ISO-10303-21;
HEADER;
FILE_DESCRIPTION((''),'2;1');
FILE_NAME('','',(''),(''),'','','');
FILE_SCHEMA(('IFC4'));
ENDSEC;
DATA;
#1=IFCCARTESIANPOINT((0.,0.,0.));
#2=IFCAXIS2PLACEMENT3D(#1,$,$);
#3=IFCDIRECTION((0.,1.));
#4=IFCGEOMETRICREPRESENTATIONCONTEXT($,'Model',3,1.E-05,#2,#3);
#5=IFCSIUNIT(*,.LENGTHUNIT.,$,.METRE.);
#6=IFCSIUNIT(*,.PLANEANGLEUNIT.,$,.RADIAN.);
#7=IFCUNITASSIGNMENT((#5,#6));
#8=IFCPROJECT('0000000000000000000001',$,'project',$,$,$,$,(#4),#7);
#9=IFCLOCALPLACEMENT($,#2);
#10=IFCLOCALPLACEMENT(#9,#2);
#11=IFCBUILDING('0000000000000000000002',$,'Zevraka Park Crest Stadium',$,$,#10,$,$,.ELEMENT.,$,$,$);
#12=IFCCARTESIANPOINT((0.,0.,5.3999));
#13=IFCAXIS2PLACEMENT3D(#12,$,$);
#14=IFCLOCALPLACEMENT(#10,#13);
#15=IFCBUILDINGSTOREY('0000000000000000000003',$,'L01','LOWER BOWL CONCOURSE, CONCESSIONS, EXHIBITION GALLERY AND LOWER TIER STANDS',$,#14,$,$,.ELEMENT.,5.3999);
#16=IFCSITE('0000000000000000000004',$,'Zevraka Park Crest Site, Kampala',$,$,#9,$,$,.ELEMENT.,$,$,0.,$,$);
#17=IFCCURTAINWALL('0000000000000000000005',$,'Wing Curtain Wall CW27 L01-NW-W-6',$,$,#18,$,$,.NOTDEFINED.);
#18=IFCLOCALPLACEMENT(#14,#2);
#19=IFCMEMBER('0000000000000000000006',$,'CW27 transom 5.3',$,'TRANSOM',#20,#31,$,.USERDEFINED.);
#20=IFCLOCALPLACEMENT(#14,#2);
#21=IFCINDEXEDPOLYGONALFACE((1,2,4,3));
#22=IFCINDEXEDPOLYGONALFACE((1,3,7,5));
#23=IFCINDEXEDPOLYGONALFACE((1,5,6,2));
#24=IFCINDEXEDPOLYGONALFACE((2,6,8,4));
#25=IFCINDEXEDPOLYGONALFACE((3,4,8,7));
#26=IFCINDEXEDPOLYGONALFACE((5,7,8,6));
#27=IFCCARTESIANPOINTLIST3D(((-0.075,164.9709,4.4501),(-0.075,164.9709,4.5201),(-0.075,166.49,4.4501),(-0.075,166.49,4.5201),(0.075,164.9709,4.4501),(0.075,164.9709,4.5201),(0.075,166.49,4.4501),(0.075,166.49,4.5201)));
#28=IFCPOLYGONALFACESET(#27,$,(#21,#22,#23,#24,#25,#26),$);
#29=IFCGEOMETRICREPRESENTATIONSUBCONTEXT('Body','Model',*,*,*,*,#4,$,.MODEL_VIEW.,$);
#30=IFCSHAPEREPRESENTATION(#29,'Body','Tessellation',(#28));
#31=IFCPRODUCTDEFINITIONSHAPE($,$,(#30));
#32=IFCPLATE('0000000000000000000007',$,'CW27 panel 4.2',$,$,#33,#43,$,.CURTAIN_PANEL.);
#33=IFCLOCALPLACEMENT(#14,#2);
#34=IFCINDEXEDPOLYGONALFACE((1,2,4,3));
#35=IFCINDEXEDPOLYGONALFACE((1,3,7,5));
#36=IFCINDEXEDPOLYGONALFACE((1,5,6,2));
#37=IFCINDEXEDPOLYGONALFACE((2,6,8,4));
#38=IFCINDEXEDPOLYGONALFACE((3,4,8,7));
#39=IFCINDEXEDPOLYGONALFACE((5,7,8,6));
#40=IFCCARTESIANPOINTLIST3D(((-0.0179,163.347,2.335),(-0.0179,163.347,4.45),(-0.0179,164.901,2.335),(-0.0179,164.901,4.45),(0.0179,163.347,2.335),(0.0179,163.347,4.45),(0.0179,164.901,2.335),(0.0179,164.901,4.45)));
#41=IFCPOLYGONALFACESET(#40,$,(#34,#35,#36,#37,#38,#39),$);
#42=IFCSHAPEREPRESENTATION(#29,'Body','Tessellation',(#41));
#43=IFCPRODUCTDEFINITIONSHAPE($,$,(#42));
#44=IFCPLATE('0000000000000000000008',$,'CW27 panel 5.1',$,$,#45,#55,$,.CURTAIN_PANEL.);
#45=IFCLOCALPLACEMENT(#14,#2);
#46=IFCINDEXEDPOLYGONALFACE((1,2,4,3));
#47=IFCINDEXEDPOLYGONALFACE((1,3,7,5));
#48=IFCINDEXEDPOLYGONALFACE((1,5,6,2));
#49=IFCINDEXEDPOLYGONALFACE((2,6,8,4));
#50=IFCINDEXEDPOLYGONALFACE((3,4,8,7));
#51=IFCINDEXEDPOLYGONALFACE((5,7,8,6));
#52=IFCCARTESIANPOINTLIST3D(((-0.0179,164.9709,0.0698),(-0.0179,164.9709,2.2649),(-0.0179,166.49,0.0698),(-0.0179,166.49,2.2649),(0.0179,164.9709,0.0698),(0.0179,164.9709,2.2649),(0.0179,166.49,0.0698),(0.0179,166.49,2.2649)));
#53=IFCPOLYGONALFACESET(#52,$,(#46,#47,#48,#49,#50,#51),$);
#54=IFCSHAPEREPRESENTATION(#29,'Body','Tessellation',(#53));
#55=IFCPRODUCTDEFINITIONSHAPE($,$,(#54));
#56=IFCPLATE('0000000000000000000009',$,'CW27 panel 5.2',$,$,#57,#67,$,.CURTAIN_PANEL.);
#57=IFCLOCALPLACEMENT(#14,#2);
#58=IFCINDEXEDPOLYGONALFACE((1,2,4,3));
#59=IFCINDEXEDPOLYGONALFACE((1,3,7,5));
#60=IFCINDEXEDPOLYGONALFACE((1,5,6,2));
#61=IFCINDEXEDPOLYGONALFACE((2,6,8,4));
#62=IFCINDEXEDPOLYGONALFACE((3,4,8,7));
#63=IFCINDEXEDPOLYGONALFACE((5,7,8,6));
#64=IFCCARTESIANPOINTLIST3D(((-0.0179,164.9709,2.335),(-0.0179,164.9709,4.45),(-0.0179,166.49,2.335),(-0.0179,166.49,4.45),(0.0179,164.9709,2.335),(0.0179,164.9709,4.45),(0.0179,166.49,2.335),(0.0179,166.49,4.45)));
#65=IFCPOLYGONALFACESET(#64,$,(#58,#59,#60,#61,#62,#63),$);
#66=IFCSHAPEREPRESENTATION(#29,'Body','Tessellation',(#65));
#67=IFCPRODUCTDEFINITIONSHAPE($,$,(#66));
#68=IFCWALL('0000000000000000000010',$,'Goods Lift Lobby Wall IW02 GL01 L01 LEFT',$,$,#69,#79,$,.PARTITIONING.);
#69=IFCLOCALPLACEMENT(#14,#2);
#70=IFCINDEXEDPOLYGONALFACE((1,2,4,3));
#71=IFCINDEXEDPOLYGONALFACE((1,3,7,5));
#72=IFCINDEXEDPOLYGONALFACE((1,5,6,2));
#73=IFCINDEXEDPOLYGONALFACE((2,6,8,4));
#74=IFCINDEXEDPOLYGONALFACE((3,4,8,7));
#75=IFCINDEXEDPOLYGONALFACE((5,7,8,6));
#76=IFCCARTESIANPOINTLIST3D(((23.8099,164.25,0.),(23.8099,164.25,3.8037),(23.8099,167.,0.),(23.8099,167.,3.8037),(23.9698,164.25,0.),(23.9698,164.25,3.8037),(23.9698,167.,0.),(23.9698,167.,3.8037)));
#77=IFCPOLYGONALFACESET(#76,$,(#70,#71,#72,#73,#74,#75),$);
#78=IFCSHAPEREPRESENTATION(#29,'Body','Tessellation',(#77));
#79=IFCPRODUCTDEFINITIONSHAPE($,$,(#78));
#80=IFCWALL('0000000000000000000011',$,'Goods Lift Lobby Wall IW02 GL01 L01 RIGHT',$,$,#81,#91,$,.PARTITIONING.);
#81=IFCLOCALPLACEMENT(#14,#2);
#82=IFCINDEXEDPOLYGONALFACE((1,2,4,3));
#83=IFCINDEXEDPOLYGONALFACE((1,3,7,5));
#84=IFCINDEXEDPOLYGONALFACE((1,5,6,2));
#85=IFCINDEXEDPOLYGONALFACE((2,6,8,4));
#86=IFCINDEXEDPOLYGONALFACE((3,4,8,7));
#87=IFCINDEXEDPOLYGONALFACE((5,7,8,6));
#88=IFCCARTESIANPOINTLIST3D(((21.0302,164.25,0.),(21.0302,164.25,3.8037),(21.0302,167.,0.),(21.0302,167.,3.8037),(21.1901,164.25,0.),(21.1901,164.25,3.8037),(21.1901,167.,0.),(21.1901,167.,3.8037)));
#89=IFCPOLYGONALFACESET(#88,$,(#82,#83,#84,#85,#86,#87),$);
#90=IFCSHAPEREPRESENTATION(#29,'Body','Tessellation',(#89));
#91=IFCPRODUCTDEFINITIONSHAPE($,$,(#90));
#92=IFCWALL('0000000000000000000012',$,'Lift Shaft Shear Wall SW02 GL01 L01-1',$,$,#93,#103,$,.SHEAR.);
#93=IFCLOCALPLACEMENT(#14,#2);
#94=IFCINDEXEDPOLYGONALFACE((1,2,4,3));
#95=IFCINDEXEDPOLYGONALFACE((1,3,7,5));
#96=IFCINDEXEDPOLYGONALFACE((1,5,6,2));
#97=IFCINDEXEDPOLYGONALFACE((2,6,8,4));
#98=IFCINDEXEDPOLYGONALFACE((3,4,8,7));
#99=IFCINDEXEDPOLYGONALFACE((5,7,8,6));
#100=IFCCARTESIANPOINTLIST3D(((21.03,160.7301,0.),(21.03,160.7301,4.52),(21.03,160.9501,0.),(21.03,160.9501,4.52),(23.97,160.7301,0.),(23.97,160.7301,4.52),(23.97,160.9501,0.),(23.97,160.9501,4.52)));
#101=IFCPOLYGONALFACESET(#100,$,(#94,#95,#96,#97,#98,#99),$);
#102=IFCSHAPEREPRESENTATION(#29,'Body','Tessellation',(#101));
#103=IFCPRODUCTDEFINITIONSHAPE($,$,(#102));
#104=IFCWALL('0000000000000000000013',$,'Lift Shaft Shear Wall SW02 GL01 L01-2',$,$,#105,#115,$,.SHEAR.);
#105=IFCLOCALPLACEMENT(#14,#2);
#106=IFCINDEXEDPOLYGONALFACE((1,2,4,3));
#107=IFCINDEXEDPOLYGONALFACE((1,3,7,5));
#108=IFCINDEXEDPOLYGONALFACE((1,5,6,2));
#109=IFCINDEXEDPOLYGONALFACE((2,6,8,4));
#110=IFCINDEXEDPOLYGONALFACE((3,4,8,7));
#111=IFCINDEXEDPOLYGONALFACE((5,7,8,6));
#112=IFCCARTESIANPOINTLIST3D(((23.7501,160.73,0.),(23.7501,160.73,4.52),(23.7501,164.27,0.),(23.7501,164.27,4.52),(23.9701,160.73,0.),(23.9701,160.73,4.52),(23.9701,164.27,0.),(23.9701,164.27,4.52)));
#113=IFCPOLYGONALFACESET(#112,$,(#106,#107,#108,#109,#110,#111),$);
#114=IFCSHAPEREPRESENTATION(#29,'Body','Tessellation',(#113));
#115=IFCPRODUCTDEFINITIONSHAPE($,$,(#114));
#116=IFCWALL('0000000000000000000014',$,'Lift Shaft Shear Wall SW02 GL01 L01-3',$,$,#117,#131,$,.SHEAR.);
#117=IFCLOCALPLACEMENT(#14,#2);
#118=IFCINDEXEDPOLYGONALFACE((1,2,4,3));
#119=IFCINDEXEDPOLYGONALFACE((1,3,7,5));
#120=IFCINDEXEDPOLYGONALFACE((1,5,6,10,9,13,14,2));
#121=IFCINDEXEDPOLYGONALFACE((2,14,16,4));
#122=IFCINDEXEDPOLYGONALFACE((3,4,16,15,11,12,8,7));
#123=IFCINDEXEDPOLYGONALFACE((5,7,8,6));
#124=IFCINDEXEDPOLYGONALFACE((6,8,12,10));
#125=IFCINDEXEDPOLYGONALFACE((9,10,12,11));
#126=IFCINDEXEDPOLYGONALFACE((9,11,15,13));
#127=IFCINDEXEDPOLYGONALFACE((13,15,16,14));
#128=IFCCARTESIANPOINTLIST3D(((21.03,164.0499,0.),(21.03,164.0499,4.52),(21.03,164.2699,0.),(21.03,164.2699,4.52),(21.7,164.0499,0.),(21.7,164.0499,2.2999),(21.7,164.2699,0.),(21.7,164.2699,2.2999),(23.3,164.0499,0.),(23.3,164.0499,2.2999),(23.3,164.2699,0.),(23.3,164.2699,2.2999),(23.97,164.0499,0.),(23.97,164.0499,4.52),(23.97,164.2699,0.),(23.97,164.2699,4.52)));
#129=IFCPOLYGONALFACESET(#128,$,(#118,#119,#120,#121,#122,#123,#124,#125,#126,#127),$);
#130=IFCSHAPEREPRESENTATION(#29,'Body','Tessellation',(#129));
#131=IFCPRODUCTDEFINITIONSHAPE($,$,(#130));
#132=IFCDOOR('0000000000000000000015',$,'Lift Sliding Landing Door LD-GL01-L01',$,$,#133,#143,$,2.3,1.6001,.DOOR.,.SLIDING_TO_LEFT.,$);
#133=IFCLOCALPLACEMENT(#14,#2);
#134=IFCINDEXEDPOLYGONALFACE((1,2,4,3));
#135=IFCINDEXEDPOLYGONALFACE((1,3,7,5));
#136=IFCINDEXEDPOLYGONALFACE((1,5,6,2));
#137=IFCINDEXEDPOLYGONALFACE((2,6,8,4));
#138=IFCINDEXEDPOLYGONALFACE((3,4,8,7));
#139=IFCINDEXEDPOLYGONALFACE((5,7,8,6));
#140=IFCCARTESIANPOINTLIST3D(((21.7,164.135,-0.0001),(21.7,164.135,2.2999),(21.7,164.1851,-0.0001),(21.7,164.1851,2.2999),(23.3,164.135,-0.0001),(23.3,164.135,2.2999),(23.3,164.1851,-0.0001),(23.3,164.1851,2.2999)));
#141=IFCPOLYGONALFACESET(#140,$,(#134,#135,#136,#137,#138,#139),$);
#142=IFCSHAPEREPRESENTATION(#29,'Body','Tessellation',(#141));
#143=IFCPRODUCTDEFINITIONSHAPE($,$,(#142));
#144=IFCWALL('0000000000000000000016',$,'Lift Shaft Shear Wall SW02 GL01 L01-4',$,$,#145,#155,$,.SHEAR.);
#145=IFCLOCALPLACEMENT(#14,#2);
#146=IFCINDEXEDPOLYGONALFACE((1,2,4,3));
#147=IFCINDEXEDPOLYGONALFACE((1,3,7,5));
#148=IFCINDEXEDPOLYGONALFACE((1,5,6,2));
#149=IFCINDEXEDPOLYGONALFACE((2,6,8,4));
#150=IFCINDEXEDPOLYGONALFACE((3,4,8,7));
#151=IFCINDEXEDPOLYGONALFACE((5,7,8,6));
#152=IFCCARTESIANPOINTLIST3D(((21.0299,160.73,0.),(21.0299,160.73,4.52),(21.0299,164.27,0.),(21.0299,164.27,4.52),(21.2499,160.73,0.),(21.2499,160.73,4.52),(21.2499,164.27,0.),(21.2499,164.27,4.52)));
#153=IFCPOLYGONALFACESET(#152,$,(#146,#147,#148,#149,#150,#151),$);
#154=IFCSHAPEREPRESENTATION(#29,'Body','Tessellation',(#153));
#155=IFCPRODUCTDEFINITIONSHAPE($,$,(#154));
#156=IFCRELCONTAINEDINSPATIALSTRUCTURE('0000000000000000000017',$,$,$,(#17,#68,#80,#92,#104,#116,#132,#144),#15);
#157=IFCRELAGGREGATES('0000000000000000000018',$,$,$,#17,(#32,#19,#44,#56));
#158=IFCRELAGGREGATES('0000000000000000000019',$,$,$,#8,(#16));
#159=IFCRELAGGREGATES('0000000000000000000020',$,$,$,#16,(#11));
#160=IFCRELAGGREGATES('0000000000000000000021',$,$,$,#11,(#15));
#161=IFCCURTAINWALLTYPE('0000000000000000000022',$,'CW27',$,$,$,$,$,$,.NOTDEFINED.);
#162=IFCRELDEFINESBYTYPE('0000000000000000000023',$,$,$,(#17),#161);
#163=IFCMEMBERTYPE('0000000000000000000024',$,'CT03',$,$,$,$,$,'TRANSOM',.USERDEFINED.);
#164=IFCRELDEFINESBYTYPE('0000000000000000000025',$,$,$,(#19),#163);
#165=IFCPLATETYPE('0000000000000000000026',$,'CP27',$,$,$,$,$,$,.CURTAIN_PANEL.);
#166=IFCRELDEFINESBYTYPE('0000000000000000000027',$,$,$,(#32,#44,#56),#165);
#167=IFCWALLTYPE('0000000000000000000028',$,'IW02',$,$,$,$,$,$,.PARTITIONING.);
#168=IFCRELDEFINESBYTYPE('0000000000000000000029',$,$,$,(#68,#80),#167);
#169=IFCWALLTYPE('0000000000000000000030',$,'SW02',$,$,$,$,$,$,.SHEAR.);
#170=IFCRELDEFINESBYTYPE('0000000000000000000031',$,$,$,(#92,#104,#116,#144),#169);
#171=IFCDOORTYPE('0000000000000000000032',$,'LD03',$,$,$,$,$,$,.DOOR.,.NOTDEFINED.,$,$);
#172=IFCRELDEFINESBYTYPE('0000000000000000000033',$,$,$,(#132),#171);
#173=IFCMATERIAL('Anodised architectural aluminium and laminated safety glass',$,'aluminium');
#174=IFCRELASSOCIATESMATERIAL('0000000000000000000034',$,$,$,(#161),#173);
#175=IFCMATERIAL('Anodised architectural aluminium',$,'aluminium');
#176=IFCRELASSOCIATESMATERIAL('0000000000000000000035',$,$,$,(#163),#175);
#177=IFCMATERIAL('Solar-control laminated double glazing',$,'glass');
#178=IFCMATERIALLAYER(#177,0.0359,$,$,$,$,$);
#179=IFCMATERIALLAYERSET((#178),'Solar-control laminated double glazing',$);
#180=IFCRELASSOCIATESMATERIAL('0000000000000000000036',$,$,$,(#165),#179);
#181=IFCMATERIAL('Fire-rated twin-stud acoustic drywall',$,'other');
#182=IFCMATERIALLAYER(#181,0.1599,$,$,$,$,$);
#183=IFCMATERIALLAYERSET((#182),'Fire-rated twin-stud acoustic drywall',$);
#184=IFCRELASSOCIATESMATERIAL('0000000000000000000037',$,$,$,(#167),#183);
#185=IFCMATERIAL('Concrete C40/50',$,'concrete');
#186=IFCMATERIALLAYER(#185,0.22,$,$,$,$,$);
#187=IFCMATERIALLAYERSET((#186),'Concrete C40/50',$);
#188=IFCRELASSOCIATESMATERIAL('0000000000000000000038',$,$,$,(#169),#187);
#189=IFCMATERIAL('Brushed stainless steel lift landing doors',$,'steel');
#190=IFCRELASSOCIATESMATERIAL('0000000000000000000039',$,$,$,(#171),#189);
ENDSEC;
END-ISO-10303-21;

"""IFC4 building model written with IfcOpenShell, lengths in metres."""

from ifc_helpers import new_model, si_unit, direction, frame, frame_2d, origin, origin_2d, place, context, subcontext, project, spatial, rectangle, extrude, material, layer, layer_set, material_profile, profile_set, type_object, element, fill, aggregate, save


model = new_model("IFC4")

# Units and contexts
model_context = context("Model", 3, precision=1e-05, world=origin(), true_north=direction((0.0, 1.0)))
body_context = subcontext(model_context, "Body", "Model", "MODEL_VIEW")
ifc_project = project(units=[si_unit("LENGTHUNIT", "METRE"), si_unit("PLANEANGLEUNIT", "RADIAN")], contexts=[model_context])

# Site, building, storey
site_placement = place(None, origin())
site = spatial("IfcSite", under=ifc_project, at=site_placement, Name="Zevraka Park Crest Site, Kampala", CompositionType="ELEMENT", RefElevation=0.0)
building_placement = place(site_placement, origin())
building = spatial("IfcBuilding", under=site, at=building_placement, Name="Zevraka Park Crest Stadium", CompositionType="ELEMENT")
storey_placement = place(building_placement, frame((0.0, 0.0, 5.3999)))
storey = spatial("IfcBuildingStorey", under=building, at=storey_placement, Name="L01", Description="LOWER BOWL CONCOURSE, CONCESSIONS, EXHIBITION GALLERY AND LOWER TIER STANDS", CompositionType="ELEMENT", Elevation=5.3999)

# Curtain wall, member, plates
ifc_material_1 = material(Name="Anodised architectural aluminium and laminated safety glass", Category="aluminium")
curtain_wall_type = type_object("IfcCurtainWallType", Name="CW27", PredefinedType="NOTDEFINED", material=ifc_material_1)
curtain_wall_placement = place(storey_placement, origin())
curtain_wall = element("IfcCurtainWall", 1, at=curtain_wall_placement, inside=storey, type_object=curtain_wall_type, Name="Wing Curtain Wall CW27 L01-NW-W-6", PredefinedType="NOTDEFINED")
ifc_material_2 = material(Name="Anodised architectural aluminium", Category="aluminium")
ifc_material_profile_1 = material_profile(ifc_material_2, rectangle(XDim=0.1499, YDim=0.0701, at=origin_2d()), Name="ALU TRANSOM 150x70")
ifc_profile_set_1 = profile_set([ifc_material_profile_1], Name="Anodised architectural aluminium")
member_type_1 = type_object("IfcMemberType", Name="CT03", ElementType="TRANSOM", PredefinedType="USERDEFINED", material=ifc_profile_set_1)
member_1_placement = place(storey_placement, frame((0.0, 164.9709, 4.4851), z_axis=(0.0, 1.0, 0.0), x_axis=(-1.0, 0.0, 0.0)))
member_1 = element("IfcMember", 2, at=member_1_placement, type_object=member_type_1, Name="CW27 transom 5.3", ObjectType="TRANSOM", PredefinedType="USERDEFINED", context=body_context, shape_type="SweptSolid", body=[
    extrude(rectangle(XDim=0.1499, YDim=0.0701, at=origin_2d()), origin(), (0.0, 0.0, 1.0), 1.519),
])
ifc_material_3 = material(Name="Solar-control laminated double glazing", Category="glass")
ifc_layer_1 = layer(ifc_material_3, 0.0359)
ifc_layer_set_1 = layer_set([ifc_layer_1], Name="Solar-control laminated double glazing")
plate_type = type_object("IfcPlateType", Name="CP27", PredefinedType="CURTAIN_PANEL", material=ifc_layer_set_1)
plate_1_placement = place(storey_placement, frame((0.0, 164.124, 2.335), z_axis=(0.0, 0.0, 1.0), x_axis=(0.0, 1.0, 0.0)))
plate_1 = element("IfcPlate", 3, at=plate_1_placement, type_object=plate_type, Name="CW27 panel 4.2", PredefinedType="CURTAIN_PANEL", context=body_context, shape_type="SweptSolid", body=[
    extrude(rectangle(XDim=1.554, YDim=0.0359, at=origin_2d()), origin(), (0.0, 0.0, 1.0), 2.115),
])
plate_2_placement = place(storey_placement, frame((0.0, 165.7305, 0.0698), z_axis=(0.0, 0.0, 1.0), x_axis=(0.0, 1.0, 0.0)))
plate_2 = element("IfcPlate", 4, at=plate_2_placement, type_object=plate_type, Name="CW27 panel 5.1", PredefinedType="CURTAIN_PANEL", context=body_context, shape_type="SweptSolid", body=[
    extrude(rectangle(XDim=1.519, YDim=0.0359, at=origin_2d()), origin(), (0.0, 0.0, 1.0), 2.1951),
])
plate_3_placement = place(storey_placement, frame((0.0, 165.7305, 2.335), z_axis=(0.0, 0.0, 1.0), x_axis=(0.0, 1.0, 0.0)))
plate_3 = element("IfcPlate", 5, at=plate_3_placement, type_object=plate_type, Name="CW27 panel 5.2", PredefinedType="CURTAIN_PANEL", context=body_context, shape_type="SweptSolid", body=[
    extrude(rectangle(XDim=1.519, YDim=0.0359, at=origin_2d()), origin(), (0.0, 0.0, 1.0), 2.115),
])
aggregate(curtain_wall, [plate_1, member_1, plate_2, plate_3])

# Walls
ifc_material_4 = material(Name="Fire-rated twin-stud acoustic drywall", Category="other")
ifc_layer_2 = layer(ifc_material_4, 0.1599)
ifc_layer_set_2 = layer_set([ifc_layer_2], Name="Fire-rated twin-stud acoustic drywall")
wall_type_1 = type_object("IfcWallType", Name="IW02", PredefinedType="PARTITIONING", material=ifc_layer_set_2)
for number, where, z_axis, x_axis, name in (
    (6, (23.8899, 164.25, 0.0), (0.0, 0.0, 1.0), (0.0, 1.0, 0.0), "Goods Lift Lobby Wall IW02 GL01 L01 LEFT"),
    (7, (21.1101, 164.25, 0.0), (0.0, 0.0, 1.0), (0.0, 1.0, 0.0), "Goods Lift Lobby Wall IW02 GL01 L01 RIGHT"),
):
    element("IfcWall", number, at=place(storey_placement, frame(where, z_axis=z_axis, x_axis=x_axis)), inside=storey, type_object=wall_type_1, Name=name, PredefinedType="PARTITIONING", context=body_context, shape_type="SweptSolid", body=[
        extrude(rectangle(XDim=2.75, YDim=0.1599, at=frame_2d((1.375, 0.0))), origin(), (0.0, 0.0, 1.0), 3.8037),
    ])
ifc_material_5 = material(Name="Concrete C40/50", Category="concrete")
ifc_layer_3 = layer(ifc_material_5, 0.22)
ifc_layer_set_3 = layer_set([ifc_layer_3], Name="Concrete C40/50")
wall_type_2 = type_object("IfcWallType", Name="SW02", PredefinedType="SHEAR", material=ifc_layer_set_3)
wall_1_placement = place(storey_placement, frame((21.03, 160.8401, 0.0), z_axis=(0.0, 0.0, 1.0), x_axis=(1.0, 0.0, 0.0)))
element("IfcWall", 8, at=wall_1_placement, inside=storey, type_object=wall_type_2, Name="Lift Shaft Shear Wall SW02 GL01 L01-1", PredefinedType="SHEAR", context=body_context, shape_type="SweptSolid", body=[
    extrude(rectangle(XDim=2.9399, YDim=0.22, at=frame_2d((1.47, 0.0))), origin(), (0.0, 0.0, 1.0), 4.52),
])
wall_2_placement = place(storey_placement, frame((23.8601, 160.73, 0.0), z_axis=(0.0, 0.0, 1.0), x_axis=(0.0, 1.0, 0.0)))
element("IfcWall", 9, at=wall_2_placement, inside=storey, type_object=wall_type_2, Name="Lift Shaft Shear Wall SW02 GL01 L01-2", PredefinedType="SHEAR", context=body_context, shape_type="SweptSolid", body=[
    extrude(rectangle(XDim=3.54, YDim=0.22, at=frame_2d((1.77, 0.0))), origin(), (0.0, 0.0, 1.0), 4.52),
])

# Wall, opening, door
wall_3_placement = place(storey_placement, frame((23.97, 164.1599, 0.0), z_axis=(0.0, 0.0, 1.0), x_axis=(-1.0, 0.0, 0.0)))
wall_3 = element("IfcWall", 10, at=wall_3_placement, inside=storey, type_object=wall_type_2, Name="Lift Shaft Shear Wall SW02 GL01 L01-3", PredefinedType="SHEAR", context=body_context, shape_type="SweptSolid", body=[
    extrude(rectangle(XDim=2.9399, YDim=0.22, at=frame_2d((1.47, 0.0))), origin(), (0.0, 0.0, 1.0), 4.52),
])
opening_placement = place(wall_3_placement, frame((0.6699, 0.0, 0.0)))
opening = element("IfcOpeningElement", 11, at=opening_placement, cuts=wall_3, PredefinedType="OPENING", context=body_context, shape_type="SweptSolid", body=[
    extrude(rectangle(XDim=1.6001, YDim=2.3, at=frame_2d((0.8, 1.1499))), frame((0.0, 0.1199, 0.0), z_axis=(0.0, -1.0, 0.0), x_axis=(1.0, 0.0, 0.0)), (0.0, 0.0, 1.0), 0.24),
])
ifc_material_6 = material(Name="Brushed stainless steel lift landing doors", Category="steel")
door_type = type_object("IfcDoorType", Name="LD03", OperationType="NOTDEFINED", PredefinedType="DOOR", material=ifc_material_6)
door_placement = place(opening_placement, origin())
door = element("IfcDoor", 12, at=door_placement, inside=storey, type_object=door_type, Name="Lift Sliding Landing Door LD-GL01-L01", OperationType="SLIDING_TO_LEFT", OverallHeight=2.3, OverallWidth=1.6001, PredefinedType="DOOR", context=body_context, shape_type="SweptSolid", body=[
    extrude(rectangle(XDim=1.6001, YDim=2.3, at=frame_2d((0.8, 1.1499))), frame((0.0, 0.0249, 0.0), z_axis=(0.0, -1.0, 0.0), x_axis=(1.0, 0.0, 0.0)), (0.0, 0.0, 1.0), 0.05),
])
fill(opening, door)

# Wall
wall_4_placement = place(storey_placement, frame((21.1399, 164.27, 0.0), z_axis=(0.0, 0.0, 1.0), x_axis=(0.0, -1.0, 0.0)))
element("IfcWall", 13, at=wall_4_placement, inside=storey, type_object=wall_type_2, Name="Lift Shaft Shear Wall SW02 GL01 L01-4", PredefinedType="SHEAR", context=body_context, shape_type="SweptSolid", body=[
    extrude(rectangle(XDim=3.54, YDim=0.22, at=frame_2d((1.77, 0.0))), origin(), (0.0, 0.0, 1.0), 4.52),
])

save(model, "model.ifc")
